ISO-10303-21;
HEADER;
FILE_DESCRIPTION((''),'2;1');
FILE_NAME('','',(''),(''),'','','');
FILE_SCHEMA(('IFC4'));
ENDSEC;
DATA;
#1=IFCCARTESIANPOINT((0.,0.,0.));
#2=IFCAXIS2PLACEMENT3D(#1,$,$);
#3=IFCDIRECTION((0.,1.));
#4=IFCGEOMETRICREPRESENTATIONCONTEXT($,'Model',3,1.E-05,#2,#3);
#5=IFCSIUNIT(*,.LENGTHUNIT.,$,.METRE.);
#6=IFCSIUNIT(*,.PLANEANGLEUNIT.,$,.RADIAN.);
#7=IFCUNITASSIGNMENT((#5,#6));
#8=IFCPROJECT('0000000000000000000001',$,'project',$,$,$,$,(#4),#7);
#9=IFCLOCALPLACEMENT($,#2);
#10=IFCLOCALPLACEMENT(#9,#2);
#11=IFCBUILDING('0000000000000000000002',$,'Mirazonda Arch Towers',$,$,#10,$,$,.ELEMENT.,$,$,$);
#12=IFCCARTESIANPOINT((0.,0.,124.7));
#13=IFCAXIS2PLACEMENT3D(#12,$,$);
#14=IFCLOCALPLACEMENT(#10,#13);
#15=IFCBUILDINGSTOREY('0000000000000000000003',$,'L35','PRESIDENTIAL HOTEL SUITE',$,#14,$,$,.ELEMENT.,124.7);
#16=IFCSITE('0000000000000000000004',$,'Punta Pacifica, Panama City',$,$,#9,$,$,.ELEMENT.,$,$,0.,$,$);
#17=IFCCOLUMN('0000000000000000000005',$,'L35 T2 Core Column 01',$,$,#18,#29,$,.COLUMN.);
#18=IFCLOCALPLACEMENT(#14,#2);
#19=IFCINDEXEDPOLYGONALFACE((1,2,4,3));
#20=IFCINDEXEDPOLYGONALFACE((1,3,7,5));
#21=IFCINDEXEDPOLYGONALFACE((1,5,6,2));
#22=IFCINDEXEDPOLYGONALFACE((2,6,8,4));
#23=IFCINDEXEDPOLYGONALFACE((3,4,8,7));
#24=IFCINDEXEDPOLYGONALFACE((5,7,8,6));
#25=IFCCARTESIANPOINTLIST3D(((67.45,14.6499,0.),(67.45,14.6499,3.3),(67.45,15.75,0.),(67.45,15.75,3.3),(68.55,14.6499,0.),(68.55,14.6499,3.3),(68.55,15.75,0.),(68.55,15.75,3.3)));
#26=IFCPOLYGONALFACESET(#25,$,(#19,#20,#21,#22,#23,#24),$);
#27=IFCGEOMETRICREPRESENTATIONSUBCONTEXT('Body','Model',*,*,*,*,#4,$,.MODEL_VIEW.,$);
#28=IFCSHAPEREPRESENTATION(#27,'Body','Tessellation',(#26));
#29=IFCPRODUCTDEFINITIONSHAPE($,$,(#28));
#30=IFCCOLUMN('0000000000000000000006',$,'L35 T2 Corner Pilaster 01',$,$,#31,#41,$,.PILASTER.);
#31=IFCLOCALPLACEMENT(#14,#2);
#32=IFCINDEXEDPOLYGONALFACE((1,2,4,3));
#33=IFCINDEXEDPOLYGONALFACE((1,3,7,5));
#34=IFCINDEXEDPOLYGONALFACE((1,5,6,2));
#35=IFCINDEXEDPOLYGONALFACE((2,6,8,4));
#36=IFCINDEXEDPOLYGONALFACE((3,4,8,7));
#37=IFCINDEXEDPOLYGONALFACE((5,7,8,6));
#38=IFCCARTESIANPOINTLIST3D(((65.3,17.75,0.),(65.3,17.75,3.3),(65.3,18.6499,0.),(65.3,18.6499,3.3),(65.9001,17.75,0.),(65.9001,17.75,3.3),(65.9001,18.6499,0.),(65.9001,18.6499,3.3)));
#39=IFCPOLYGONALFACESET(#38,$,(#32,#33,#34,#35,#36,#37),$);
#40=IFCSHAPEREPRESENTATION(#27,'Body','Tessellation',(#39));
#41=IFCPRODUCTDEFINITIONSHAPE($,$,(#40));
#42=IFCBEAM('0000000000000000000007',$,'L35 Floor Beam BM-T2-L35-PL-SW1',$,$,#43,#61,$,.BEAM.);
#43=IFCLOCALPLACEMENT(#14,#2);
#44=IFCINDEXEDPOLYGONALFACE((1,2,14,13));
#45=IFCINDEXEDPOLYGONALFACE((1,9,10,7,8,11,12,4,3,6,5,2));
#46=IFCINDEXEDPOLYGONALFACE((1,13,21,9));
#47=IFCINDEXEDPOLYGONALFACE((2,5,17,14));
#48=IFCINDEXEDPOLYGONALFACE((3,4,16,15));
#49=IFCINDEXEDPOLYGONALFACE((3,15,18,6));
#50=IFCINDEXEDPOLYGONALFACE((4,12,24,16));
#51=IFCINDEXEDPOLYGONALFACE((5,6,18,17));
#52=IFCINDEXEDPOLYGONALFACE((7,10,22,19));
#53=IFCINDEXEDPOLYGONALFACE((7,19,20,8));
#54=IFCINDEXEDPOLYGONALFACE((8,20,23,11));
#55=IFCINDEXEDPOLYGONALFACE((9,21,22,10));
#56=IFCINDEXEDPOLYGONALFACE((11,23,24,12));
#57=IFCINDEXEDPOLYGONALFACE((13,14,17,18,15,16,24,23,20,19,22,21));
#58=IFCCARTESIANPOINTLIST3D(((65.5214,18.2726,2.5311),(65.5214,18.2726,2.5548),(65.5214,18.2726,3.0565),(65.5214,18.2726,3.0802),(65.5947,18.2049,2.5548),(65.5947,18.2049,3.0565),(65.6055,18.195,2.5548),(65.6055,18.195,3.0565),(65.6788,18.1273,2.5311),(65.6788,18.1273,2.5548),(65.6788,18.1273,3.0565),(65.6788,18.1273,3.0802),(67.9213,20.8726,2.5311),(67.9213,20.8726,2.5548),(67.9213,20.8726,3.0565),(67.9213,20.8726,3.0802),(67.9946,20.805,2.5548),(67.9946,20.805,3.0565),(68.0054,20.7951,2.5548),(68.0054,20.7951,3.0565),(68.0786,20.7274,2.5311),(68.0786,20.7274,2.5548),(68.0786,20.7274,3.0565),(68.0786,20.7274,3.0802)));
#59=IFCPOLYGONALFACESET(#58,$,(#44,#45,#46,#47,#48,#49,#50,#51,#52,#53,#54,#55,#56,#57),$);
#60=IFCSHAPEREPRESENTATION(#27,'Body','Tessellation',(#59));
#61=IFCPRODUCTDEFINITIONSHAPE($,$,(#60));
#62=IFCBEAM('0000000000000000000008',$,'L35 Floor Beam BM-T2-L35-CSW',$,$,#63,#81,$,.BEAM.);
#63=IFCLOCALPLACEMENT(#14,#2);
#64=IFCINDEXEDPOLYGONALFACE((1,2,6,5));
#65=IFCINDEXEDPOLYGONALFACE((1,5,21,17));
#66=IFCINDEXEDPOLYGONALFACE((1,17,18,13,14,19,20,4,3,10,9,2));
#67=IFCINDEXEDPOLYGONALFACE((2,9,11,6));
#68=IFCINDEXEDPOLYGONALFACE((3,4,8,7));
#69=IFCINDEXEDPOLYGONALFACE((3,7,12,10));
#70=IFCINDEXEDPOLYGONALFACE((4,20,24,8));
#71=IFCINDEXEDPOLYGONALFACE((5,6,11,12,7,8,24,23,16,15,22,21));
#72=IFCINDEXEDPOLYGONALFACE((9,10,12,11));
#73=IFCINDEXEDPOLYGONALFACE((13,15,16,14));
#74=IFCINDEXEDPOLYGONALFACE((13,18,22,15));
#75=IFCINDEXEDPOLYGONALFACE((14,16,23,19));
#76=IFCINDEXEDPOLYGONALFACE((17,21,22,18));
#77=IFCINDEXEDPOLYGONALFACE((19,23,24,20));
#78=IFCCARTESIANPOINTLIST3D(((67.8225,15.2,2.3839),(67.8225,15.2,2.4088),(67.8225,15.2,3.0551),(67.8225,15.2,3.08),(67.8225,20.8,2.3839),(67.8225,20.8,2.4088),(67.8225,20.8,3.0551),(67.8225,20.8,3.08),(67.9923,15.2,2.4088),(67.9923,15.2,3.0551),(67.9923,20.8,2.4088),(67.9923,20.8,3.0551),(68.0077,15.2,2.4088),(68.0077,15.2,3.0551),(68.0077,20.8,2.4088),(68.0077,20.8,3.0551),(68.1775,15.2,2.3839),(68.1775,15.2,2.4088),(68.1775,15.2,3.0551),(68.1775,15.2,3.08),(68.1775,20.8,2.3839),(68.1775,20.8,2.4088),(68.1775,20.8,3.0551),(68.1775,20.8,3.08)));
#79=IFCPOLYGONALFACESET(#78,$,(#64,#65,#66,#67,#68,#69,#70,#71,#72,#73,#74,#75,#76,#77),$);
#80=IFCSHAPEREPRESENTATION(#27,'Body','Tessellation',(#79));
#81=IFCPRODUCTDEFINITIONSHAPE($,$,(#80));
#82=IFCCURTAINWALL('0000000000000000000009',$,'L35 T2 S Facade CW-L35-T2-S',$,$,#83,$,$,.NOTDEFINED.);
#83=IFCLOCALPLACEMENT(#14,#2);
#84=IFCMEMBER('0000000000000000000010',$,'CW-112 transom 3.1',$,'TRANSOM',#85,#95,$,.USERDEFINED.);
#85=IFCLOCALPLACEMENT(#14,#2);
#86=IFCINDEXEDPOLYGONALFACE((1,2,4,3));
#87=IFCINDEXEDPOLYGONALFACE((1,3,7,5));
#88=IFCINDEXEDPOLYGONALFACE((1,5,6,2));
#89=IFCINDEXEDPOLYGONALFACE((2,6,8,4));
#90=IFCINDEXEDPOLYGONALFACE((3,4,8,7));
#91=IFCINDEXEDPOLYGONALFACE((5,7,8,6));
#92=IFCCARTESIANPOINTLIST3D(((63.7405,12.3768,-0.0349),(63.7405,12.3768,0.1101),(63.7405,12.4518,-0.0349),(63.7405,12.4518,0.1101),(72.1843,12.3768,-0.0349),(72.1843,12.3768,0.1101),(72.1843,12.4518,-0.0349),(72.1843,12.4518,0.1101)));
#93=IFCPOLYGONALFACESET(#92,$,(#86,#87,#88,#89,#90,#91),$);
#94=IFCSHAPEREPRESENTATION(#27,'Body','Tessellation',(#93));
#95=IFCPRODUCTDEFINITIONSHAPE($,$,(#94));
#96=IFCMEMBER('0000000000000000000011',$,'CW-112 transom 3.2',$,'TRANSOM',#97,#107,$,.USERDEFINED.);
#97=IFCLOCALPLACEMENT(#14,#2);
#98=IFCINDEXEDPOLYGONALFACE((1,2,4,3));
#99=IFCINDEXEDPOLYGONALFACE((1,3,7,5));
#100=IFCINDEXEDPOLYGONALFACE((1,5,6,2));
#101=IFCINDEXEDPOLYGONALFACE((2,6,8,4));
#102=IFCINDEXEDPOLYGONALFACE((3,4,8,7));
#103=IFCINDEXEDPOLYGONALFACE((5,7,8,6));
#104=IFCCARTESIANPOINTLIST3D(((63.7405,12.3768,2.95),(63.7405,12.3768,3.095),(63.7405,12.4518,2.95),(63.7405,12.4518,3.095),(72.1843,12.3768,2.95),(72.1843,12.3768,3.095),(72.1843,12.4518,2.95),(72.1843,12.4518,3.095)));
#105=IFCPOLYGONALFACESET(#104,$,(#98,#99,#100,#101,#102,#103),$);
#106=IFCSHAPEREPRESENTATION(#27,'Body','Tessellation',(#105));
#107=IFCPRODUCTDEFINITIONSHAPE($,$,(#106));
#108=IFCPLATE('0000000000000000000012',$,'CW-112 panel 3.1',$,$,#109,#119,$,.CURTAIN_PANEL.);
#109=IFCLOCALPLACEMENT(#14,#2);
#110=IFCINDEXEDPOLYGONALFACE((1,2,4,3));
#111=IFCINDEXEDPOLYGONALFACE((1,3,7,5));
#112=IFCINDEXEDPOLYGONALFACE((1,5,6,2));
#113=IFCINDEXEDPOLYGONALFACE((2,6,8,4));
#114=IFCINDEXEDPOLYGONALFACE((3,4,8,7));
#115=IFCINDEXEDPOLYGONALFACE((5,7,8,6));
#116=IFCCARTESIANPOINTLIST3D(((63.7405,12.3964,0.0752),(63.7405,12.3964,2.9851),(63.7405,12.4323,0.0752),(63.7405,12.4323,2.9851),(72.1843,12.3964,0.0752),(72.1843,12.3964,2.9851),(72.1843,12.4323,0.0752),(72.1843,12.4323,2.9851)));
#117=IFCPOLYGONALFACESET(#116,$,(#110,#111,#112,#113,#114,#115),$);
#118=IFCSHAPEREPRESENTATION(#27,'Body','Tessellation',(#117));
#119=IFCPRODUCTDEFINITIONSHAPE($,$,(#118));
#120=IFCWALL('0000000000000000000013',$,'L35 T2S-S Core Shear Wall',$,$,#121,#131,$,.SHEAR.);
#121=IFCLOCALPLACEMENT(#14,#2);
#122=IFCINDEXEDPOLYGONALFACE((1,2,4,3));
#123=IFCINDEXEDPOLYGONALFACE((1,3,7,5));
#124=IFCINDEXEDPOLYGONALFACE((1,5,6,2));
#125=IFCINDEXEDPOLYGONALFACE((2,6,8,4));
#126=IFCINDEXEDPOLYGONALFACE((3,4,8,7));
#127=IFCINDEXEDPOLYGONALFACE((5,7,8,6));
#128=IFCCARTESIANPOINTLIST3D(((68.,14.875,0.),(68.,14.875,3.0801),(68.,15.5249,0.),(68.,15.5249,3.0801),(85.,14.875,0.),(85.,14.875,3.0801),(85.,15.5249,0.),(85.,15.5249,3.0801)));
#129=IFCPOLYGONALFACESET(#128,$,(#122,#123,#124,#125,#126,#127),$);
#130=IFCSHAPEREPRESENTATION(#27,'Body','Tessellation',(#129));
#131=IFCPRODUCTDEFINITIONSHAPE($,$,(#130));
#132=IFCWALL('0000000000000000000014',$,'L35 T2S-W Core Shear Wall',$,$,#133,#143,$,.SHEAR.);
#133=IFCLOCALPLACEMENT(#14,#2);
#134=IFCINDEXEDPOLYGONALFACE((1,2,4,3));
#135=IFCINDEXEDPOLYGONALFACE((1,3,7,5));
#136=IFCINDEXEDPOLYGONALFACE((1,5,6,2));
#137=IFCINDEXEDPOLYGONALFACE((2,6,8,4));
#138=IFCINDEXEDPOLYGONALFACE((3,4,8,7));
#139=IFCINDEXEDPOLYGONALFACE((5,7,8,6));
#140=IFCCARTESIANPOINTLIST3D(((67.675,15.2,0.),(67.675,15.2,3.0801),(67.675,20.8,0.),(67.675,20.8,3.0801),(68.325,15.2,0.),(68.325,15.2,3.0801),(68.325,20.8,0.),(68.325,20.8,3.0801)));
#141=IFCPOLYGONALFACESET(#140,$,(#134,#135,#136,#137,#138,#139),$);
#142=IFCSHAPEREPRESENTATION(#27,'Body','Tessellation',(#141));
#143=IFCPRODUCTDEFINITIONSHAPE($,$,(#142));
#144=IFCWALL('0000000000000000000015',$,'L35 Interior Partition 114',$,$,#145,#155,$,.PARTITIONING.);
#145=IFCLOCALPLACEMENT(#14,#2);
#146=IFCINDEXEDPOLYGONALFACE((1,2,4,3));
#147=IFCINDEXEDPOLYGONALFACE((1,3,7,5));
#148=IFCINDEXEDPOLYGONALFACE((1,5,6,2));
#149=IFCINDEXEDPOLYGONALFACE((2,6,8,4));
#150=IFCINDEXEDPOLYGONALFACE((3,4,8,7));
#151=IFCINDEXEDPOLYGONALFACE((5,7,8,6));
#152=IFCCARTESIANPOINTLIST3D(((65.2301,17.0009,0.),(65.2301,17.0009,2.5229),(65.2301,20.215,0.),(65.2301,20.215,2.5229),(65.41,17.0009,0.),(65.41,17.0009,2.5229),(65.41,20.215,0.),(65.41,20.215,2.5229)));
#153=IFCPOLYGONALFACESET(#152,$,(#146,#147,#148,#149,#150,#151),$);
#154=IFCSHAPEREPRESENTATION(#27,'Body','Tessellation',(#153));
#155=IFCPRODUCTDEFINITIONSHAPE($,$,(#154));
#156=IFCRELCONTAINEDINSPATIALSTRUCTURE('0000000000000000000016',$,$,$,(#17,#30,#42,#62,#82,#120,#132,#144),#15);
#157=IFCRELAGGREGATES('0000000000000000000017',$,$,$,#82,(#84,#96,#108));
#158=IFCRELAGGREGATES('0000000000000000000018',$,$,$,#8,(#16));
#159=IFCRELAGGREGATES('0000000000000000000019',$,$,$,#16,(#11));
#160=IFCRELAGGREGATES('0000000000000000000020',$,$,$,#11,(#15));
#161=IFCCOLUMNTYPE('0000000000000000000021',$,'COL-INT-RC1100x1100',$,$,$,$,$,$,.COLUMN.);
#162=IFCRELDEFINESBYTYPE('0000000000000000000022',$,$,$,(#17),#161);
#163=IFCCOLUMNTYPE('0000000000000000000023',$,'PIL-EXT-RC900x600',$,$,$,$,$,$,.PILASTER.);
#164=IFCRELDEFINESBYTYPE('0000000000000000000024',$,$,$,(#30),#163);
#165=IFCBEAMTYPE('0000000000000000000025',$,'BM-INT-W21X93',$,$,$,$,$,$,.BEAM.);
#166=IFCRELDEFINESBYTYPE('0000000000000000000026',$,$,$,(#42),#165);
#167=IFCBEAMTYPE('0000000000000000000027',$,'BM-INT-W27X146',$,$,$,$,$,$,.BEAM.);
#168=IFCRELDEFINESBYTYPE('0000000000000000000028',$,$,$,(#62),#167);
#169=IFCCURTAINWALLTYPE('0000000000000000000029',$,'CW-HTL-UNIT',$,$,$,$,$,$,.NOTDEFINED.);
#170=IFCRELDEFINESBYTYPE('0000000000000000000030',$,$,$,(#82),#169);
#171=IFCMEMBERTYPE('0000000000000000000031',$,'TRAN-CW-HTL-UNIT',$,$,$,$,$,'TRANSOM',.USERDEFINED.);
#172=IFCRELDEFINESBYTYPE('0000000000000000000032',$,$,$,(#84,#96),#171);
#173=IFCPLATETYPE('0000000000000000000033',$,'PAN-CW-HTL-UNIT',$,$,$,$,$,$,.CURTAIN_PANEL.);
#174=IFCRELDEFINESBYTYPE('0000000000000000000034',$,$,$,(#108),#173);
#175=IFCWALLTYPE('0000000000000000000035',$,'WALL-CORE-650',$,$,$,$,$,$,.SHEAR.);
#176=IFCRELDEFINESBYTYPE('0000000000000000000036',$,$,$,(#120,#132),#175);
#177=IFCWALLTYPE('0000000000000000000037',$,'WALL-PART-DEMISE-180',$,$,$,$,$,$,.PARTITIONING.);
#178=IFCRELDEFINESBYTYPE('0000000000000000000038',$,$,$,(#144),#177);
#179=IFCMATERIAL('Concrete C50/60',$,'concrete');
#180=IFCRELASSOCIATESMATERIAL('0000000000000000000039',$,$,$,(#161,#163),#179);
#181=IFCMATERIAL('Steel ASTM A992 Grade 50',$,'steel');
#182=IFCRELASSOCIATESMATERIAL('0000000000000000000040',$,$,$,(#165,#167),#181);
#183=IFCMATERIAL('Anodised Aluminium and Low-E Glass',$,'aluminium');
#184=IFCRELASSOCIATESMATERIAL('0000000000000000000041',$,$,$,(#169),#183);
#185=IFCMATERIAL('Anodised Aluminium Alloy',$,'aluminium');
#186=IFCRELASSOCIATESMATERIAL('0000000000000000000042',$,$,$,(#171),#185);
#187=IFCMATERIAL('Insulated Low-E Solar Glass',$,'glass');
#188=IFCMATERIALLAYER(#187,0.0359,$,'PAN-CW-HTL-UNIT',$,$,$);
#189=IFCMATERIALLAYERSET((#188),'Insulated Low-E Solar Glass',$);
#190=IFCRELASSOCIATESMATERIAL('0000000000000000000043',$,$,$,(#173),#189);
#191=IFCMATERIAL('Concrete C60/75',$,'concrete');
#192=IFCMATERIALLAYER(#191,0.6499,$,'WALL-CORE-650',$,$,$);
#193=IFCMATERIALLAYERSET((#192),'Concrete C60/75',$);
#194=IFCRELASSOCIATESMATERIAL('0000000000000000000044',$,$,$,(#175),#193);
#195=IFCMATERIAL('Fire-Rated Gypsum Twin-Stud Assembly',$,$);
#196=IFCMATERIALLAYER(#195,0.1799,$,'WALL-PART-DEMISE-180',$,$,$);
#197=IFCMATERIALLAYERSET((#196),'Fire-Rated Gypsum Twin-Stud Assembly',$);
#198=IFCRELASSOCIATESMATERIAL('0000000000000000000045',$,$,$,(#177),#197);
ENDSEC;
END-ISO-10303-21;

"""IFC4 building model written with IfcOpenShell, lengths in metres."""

from ifc_helpers import new_model, si_unit, direction, frame, frame_2d, origin, origin_2d, place, context, subcontext, project, spatial, rectangle, i_section, extrude, material, layer, layer_set, material_profile, profile_set, type_object, element, aggregate, save


model = new_model("IFC4")

# Units and contexts
model_context = context("Model", 3, precision=1e-05, world=origin(), true_north=direction((0.0, 1.0)))
body_context = subcontext(model_context, "Body", "Model", "MODEL_VIEW")
ifc_project = project(units=[si_unit("LENGTHUNIT", "METRE"), si_unit("PLANEANGLEUNIT", "RADIAN")], contexts=[model_context])

# Site, building, storey
site_placement = place(None, origin())
site = spatial("IfcSite", under=ifc_project, at=site_placement, Name="Punta Pacifica, Panama City", CompositionType="ELEMENT", RefElevation=0.0)
building_placement = place(site_placement, origin())
building = spatial("IfcBuilding", under=site, at=building_placement, Name="Mirazonda Arch Towers", CompositionType="ELEMENT")
storey_placement = place(building_placement, frame((0.0, 0.0, 124.7)))
storey = spatial("IfcBuildingStorey", under=building, at=storey_placement, Name="L35", Description="PRESIDENTIAL HOTEL SUITE", CompositionType="ELEMENT", Elevation=124.7)

# Columns
ifc_material_1 = material(Name="Concrete C50/60", Category="concrete")
ifc_material_profile_1 = material_profile(ifc_material_1, rectangle(XDim=1.1001, YDim=1.1001, at=origin_2d()), Name="RC1100x1100")
ifc_profile_set_1 = profile_set([ifc_material_profile_1], Name="Concrete C50/60")
column_type_1 = type_object("IfcColumnType", Name="COL-INT-RC1100x1100", PredefinedType="COLUMN", material=ifc_profile_set_1)
column_1_placement = place(storey_placement, frame((68.0, 15.2, 0.0), z_axis=(0.0, 0.0, 1.0), x_axis=(1.0, 0.0, 0.0)))
element("IfcColumn", 1, at=column_1_placement, inside=storey, type_object=column_type_1, Name="L35 T2 Core Column 01", PredefinedType="COLUMN", context=body_context, shape_type="SweptSolid", body=[
    extrude(rectangle(XDim=1.1001, YDim=1.1001, at=origin_2d()), origin(), (0.0, 0.0, 1.0), 3.3),
])
ifc_material_profile_2 = material_profile(ifc_material_1, rectangle(XDim=0.6001, YDim=0.8999, at=origin_2d()), Name="RC900x600")
ifc_profile_set_2 = profile_set([ifc_material_profile_2], Name="Concrete C50/60")
column_type_2 = type_object("IfcColumnType", Name="PIL-EXT-RC900x600", PredefinedType="PILASTER", material=ifc_profile_set_2)
column_2_placement = place(storey_placement, frame((65.6001, 18.2, 0.0), z_axis=(0.0, 0.0, 1.0), x_axis=(1.0, 0.0, 0.0)))
element("IfcColumn", 2, at=column_2_placement, inside=storey, type_object=column_type_2, Name="L35 T2 Corner Pilaster 01", PredefinedType="PILASTER", context=body_context, shape_type="SweptSolid", body=[
    extrude(rectangle(XDim=0.6001, YDim=0.8999, at=origin_2d()), origin(), (0.0, 0.0, 1.0), 3.3),
])

# Beams
ifc_material_2 = material(Name="Steel ASTM A992 Grade 50", Category="steel")
ifc_material_profile_3 = material_profile(ifc_material_2, i_section(OverallWidth=0.2141, OverallDepth=0.5491, WebThickness=0.0146, FlangeThickness=0.0237, at=origin_2d()), Name="W21X93")
ifc_profile_set_3 = profile_set([ifc_material_profile_3], Name="Steel ASTM A992 Grade 50")
beam_type_1 = type_object("IfcBeamType", Name="BM-INT-W21X93", PredefinedType="BEAM", material=ifc_profile_set_3)
beam_1_placement = place(storey_placement, frame((65.6001, 18.2, 2.8057), z_axis=(0.678251, 0.73483, 0.0), x_axis=(-0.73483, 0.678251, 0.0)))
element("IfcBeam", 3, at=beam_1_placement, inside=storey, type_object=beam_type_1, Name="L35 Floor Beam BM-T2-L35-PL-SW1", PredefinedType="BEAM", context=body_context, shape_type="SweptSolid", body=[
    extrude(i_section(OverallWidth=0.2141, OverallDepth=0.5491, WebThickness=0.0146, FlangeThickness=0.0237, at=origin_2d()), origin(), (0.0, 0.0, 1.0), 3.5383),
])
ifc_material_profile_4 = material_profile(ifc_material_2, i_section(OverallWidth=0.355, OverallDepth=0.696, WebThickness=0.0154, FlangeThickness=0.0249, at=origin_2d()), Name="W27X146")
ifc_profile_set_4 = profile_set([ifc_material_profile_4], Name="Steel ASTM A992 Grade 50")
beam_type_2 = type_object("IfcBeamType", Name="BM-INT-W27X146", PredefinedType="BEAM", material=ifc_profile_set_4)
beam_2_placement = place(storey_placement, frame((68.0, 15.2, 2.7319), z_axis=(0.0, 1.0, 0.0), x_axis=(-1.0, 0.0, 0.0)))
element("IfcBeam", 4, at=beam_2_placement, inside=storey, type_object=beam_type_2, Name="L35 Floor Beam BM-T2-L35-CSW", PredefinedType="BEAM", context=body_context, shape_type="SweptSolid", body=[
    extrude(i_section(OverallWidth=0.355, OverallDepth=0.696, WebThickness=0.0154, FlangeThickness=0.0249, at=origin_2d()), origin(), (0.0, 0.0, 1.0), 5.6001),
])

# Curtain wall, members, plate
ifc_material_3 = material(Name="Anodised Aluminium and Low-E Glass", Category="aluminium")
curtain_wall_type = type_object("IfcCurtainWallType", Name="CW-HTL-UNIT", PredefinedType="NOTDEFINED", material=ifc_material_3)
curtain_wall_placement = place(storey_placement, origin())
curtain_wall = element("IfcCurtainWall", 5, at=curtain_wall_placement, inside=storey, type_object=curtain_wall_type, Name="L35 T2 S Facade CW-L35-T2-S", PredefinedType="NOTDEFINED")
ifc_material_4 = material(Name="Anodised Aluminium Alloy", Category="aluminium")
ifc_material_profile_5 = material_profile(ifc_material_4, rectangle(XDim=0.075, YDim=0.145, at=origin_2d()), Name="ALU-TRAN-75x145")
ifc_profile_set_5 = profile_set([ifc_material_profile_5], Name="Anodised Aluminium Alloy")
member_type = type_object("IfcMemberType", Name="TRAN-CW-HTL-UNIT", ElementType="TRANSOM", PredefinedType="USERDEFINED", material=ifc_profile_set_5)
member_1_placement = place(storey_placement, frame((72.1843, 12.4143, 0.0376), z_axis=(-1.0, 0.0, 0.0), x_axis=(0.0, -1.0, 0.0)))
member_1 = element("IfcMember", 6, at=member_1_placement, type_object=member_type, Name="CW-112 transom 3.1", ObjectType="TRANSOM", PredefinedType="USERDEFINED", context=body_context, shape_type="SweptSolid", body=[
    extrude(rectangle(XDim=0.075, YDim=0.145, at=origin_2d()), origin(), (0.0, 0.0, 1.0), 8.4438),
])
member_2_placement = place(storey_placement, frame((72.1843, 12.4143, 3.0225), z_axis=(-1.0, 0.0, 0.0), x_axis=(0.0, -1.0, 0.0)))
member_2 = element("IfcMember", 7, at=member_2_placement, type_object=member_type, Name="CW-112 transom 3.2", ObjectType="TRANSOM", PredefinedType="USERDEFINED", context=body_context, shape_type="SweptSolid", body=[
    extrude(rectangle(XDim=0.075, YDim=0.145, at=origin_2d()), origin(), (0.0, 0.0, 1.0), 8.4438),
])
ifc_material_5 = material(Name="Insulated Low-E Solar Glass", Category="glass")
ifc_layer_1 = layer(ifc_material_5, 0.0359, Name="PAN-CW-HTL-UNIT")
ifc_layer_set_1 = layer_set([ifc_layer_1], Name="Insulated Low-E Solar Glass")
plate_type = type_object("IfcPlateType", Name="PAN-CW-HTL-UNIT", PredefinedType="CURTAIN_PANEL", material=ifc_layer_set_1)
plate_placement = place(storey_placement, frame((67.9624, 12.4143, 0.0752), z_axis=(0.0, 0.0, 1.0), x_axis=(-1.0, 0.0, 0.0)))
plate = element("IfcPlate", 8, at=plate_placement, type_object=plate_type, Name="CW-112 panel 3.1", PredefinedType="CURTAIN_PANEL", context=body_context, shape_type="SweptSolid", body=[
    extrude(rectangle(XDim=8.4438, YDim=0.0359, at=origin_2d()), origin(), (0.0, 0.0, 1.0), 2.9099),
])
aggregate(curtain_wall, [member_1, member_2, plate])

# Walls
ifc_material_6 = material(Name="Concrete C60/75", Category="concrete")
ifc_layer_2 = layer(ifc_material_6, 0.6499, Name="WALL-CORE-650")
ifc_layer_set_2 = layer_set([ifc_layer_2], Name="Concrete C60/75")
wall_type_1 = type_object("IfcWallType", Name="WALL-CORE-650", PredefinedType="SHEAR", material=ifc_layer_set_2)
wall_1_placement = place(storey_placement, frame((68.0, 15.2, 0.0), z_axis=(0.0, 0.0, 1.0), x_axis=(1.0, 0.0, 0.0)))
element("IfcWall", 9, at=wall_1_placement, inside=storey, type_object=wall_type_1, Name="L35 T2S-S Core Shear Wall", PredefinedType="SHEAR", context=body_context, shape_type="SweptSolid", body=[
    extrude(rectangle(XDim=17.0, YDim=0.6499, at=frame_2d((8.5, 0.0))), origin(), (0.0, 0.0, 1.0), 3.0801),
])
wall_2_placement = place(storey_placement, frame((68.0, 15.2, 0.0), z_axis=(0.0, 0.0, 1.0), x_axis=(0.0, 1.0, 0.0)))
element("IfcWall", 10, at=wall_2_placement, inside=storey, type_object=wall_type_1, Name="L35 T2S-W Core Shear Wall", PredefinedType="SHEAR", context=body_context, shape_type="SweptSolid", body=[
    extrude(rectangle(XDim=5.6001, YDim=0.6499, at=frame_2d((2.8, 0.0))), origin(), (0.0, 0.0, 1.0), 3.0801),
])
ifc_material_7 = material(Name="Fire-Rated Gypsum Twin-Stud Assembly")
ifc_layer_3 = layer(ifc_material_7, 0.1799, Name="WALL-PART-DEMISE-180")
ifc_layer_set_3 = layer_set([ifc_layer_3], Name="Fire-Rated Gypsum Twin-Stud Assembly")
wall_type_2 = type_object("IfcWallType", Name="WALL-PART-DEMISE-180", PredefinedType="PARTITIONING", material=ifc_layer_set_3)
wall_3_placement = place(storey_placement, frame((65.3201, 17.001, 0.0), z_axis=(0.0, 0.0, 1.0), x_axis=(0.0, 1.0, 0.0)))
element("IfcWall", 11, at=wall_3_placement, inside=storey, type_object=wall_type_2, Name="L35 Interior Partition 114", PredefinedType="PARTITIONING", context=body_context, shape_type="SweptSolid", body=[
    extrude(rectangle(XDim=3.2141, YDim=0.1799, at=frame_2d((1.6069, 0.0))), origin(), (0.0, 0.0, 1.0), 2.5229),
])

save(model, "model.ifc")
